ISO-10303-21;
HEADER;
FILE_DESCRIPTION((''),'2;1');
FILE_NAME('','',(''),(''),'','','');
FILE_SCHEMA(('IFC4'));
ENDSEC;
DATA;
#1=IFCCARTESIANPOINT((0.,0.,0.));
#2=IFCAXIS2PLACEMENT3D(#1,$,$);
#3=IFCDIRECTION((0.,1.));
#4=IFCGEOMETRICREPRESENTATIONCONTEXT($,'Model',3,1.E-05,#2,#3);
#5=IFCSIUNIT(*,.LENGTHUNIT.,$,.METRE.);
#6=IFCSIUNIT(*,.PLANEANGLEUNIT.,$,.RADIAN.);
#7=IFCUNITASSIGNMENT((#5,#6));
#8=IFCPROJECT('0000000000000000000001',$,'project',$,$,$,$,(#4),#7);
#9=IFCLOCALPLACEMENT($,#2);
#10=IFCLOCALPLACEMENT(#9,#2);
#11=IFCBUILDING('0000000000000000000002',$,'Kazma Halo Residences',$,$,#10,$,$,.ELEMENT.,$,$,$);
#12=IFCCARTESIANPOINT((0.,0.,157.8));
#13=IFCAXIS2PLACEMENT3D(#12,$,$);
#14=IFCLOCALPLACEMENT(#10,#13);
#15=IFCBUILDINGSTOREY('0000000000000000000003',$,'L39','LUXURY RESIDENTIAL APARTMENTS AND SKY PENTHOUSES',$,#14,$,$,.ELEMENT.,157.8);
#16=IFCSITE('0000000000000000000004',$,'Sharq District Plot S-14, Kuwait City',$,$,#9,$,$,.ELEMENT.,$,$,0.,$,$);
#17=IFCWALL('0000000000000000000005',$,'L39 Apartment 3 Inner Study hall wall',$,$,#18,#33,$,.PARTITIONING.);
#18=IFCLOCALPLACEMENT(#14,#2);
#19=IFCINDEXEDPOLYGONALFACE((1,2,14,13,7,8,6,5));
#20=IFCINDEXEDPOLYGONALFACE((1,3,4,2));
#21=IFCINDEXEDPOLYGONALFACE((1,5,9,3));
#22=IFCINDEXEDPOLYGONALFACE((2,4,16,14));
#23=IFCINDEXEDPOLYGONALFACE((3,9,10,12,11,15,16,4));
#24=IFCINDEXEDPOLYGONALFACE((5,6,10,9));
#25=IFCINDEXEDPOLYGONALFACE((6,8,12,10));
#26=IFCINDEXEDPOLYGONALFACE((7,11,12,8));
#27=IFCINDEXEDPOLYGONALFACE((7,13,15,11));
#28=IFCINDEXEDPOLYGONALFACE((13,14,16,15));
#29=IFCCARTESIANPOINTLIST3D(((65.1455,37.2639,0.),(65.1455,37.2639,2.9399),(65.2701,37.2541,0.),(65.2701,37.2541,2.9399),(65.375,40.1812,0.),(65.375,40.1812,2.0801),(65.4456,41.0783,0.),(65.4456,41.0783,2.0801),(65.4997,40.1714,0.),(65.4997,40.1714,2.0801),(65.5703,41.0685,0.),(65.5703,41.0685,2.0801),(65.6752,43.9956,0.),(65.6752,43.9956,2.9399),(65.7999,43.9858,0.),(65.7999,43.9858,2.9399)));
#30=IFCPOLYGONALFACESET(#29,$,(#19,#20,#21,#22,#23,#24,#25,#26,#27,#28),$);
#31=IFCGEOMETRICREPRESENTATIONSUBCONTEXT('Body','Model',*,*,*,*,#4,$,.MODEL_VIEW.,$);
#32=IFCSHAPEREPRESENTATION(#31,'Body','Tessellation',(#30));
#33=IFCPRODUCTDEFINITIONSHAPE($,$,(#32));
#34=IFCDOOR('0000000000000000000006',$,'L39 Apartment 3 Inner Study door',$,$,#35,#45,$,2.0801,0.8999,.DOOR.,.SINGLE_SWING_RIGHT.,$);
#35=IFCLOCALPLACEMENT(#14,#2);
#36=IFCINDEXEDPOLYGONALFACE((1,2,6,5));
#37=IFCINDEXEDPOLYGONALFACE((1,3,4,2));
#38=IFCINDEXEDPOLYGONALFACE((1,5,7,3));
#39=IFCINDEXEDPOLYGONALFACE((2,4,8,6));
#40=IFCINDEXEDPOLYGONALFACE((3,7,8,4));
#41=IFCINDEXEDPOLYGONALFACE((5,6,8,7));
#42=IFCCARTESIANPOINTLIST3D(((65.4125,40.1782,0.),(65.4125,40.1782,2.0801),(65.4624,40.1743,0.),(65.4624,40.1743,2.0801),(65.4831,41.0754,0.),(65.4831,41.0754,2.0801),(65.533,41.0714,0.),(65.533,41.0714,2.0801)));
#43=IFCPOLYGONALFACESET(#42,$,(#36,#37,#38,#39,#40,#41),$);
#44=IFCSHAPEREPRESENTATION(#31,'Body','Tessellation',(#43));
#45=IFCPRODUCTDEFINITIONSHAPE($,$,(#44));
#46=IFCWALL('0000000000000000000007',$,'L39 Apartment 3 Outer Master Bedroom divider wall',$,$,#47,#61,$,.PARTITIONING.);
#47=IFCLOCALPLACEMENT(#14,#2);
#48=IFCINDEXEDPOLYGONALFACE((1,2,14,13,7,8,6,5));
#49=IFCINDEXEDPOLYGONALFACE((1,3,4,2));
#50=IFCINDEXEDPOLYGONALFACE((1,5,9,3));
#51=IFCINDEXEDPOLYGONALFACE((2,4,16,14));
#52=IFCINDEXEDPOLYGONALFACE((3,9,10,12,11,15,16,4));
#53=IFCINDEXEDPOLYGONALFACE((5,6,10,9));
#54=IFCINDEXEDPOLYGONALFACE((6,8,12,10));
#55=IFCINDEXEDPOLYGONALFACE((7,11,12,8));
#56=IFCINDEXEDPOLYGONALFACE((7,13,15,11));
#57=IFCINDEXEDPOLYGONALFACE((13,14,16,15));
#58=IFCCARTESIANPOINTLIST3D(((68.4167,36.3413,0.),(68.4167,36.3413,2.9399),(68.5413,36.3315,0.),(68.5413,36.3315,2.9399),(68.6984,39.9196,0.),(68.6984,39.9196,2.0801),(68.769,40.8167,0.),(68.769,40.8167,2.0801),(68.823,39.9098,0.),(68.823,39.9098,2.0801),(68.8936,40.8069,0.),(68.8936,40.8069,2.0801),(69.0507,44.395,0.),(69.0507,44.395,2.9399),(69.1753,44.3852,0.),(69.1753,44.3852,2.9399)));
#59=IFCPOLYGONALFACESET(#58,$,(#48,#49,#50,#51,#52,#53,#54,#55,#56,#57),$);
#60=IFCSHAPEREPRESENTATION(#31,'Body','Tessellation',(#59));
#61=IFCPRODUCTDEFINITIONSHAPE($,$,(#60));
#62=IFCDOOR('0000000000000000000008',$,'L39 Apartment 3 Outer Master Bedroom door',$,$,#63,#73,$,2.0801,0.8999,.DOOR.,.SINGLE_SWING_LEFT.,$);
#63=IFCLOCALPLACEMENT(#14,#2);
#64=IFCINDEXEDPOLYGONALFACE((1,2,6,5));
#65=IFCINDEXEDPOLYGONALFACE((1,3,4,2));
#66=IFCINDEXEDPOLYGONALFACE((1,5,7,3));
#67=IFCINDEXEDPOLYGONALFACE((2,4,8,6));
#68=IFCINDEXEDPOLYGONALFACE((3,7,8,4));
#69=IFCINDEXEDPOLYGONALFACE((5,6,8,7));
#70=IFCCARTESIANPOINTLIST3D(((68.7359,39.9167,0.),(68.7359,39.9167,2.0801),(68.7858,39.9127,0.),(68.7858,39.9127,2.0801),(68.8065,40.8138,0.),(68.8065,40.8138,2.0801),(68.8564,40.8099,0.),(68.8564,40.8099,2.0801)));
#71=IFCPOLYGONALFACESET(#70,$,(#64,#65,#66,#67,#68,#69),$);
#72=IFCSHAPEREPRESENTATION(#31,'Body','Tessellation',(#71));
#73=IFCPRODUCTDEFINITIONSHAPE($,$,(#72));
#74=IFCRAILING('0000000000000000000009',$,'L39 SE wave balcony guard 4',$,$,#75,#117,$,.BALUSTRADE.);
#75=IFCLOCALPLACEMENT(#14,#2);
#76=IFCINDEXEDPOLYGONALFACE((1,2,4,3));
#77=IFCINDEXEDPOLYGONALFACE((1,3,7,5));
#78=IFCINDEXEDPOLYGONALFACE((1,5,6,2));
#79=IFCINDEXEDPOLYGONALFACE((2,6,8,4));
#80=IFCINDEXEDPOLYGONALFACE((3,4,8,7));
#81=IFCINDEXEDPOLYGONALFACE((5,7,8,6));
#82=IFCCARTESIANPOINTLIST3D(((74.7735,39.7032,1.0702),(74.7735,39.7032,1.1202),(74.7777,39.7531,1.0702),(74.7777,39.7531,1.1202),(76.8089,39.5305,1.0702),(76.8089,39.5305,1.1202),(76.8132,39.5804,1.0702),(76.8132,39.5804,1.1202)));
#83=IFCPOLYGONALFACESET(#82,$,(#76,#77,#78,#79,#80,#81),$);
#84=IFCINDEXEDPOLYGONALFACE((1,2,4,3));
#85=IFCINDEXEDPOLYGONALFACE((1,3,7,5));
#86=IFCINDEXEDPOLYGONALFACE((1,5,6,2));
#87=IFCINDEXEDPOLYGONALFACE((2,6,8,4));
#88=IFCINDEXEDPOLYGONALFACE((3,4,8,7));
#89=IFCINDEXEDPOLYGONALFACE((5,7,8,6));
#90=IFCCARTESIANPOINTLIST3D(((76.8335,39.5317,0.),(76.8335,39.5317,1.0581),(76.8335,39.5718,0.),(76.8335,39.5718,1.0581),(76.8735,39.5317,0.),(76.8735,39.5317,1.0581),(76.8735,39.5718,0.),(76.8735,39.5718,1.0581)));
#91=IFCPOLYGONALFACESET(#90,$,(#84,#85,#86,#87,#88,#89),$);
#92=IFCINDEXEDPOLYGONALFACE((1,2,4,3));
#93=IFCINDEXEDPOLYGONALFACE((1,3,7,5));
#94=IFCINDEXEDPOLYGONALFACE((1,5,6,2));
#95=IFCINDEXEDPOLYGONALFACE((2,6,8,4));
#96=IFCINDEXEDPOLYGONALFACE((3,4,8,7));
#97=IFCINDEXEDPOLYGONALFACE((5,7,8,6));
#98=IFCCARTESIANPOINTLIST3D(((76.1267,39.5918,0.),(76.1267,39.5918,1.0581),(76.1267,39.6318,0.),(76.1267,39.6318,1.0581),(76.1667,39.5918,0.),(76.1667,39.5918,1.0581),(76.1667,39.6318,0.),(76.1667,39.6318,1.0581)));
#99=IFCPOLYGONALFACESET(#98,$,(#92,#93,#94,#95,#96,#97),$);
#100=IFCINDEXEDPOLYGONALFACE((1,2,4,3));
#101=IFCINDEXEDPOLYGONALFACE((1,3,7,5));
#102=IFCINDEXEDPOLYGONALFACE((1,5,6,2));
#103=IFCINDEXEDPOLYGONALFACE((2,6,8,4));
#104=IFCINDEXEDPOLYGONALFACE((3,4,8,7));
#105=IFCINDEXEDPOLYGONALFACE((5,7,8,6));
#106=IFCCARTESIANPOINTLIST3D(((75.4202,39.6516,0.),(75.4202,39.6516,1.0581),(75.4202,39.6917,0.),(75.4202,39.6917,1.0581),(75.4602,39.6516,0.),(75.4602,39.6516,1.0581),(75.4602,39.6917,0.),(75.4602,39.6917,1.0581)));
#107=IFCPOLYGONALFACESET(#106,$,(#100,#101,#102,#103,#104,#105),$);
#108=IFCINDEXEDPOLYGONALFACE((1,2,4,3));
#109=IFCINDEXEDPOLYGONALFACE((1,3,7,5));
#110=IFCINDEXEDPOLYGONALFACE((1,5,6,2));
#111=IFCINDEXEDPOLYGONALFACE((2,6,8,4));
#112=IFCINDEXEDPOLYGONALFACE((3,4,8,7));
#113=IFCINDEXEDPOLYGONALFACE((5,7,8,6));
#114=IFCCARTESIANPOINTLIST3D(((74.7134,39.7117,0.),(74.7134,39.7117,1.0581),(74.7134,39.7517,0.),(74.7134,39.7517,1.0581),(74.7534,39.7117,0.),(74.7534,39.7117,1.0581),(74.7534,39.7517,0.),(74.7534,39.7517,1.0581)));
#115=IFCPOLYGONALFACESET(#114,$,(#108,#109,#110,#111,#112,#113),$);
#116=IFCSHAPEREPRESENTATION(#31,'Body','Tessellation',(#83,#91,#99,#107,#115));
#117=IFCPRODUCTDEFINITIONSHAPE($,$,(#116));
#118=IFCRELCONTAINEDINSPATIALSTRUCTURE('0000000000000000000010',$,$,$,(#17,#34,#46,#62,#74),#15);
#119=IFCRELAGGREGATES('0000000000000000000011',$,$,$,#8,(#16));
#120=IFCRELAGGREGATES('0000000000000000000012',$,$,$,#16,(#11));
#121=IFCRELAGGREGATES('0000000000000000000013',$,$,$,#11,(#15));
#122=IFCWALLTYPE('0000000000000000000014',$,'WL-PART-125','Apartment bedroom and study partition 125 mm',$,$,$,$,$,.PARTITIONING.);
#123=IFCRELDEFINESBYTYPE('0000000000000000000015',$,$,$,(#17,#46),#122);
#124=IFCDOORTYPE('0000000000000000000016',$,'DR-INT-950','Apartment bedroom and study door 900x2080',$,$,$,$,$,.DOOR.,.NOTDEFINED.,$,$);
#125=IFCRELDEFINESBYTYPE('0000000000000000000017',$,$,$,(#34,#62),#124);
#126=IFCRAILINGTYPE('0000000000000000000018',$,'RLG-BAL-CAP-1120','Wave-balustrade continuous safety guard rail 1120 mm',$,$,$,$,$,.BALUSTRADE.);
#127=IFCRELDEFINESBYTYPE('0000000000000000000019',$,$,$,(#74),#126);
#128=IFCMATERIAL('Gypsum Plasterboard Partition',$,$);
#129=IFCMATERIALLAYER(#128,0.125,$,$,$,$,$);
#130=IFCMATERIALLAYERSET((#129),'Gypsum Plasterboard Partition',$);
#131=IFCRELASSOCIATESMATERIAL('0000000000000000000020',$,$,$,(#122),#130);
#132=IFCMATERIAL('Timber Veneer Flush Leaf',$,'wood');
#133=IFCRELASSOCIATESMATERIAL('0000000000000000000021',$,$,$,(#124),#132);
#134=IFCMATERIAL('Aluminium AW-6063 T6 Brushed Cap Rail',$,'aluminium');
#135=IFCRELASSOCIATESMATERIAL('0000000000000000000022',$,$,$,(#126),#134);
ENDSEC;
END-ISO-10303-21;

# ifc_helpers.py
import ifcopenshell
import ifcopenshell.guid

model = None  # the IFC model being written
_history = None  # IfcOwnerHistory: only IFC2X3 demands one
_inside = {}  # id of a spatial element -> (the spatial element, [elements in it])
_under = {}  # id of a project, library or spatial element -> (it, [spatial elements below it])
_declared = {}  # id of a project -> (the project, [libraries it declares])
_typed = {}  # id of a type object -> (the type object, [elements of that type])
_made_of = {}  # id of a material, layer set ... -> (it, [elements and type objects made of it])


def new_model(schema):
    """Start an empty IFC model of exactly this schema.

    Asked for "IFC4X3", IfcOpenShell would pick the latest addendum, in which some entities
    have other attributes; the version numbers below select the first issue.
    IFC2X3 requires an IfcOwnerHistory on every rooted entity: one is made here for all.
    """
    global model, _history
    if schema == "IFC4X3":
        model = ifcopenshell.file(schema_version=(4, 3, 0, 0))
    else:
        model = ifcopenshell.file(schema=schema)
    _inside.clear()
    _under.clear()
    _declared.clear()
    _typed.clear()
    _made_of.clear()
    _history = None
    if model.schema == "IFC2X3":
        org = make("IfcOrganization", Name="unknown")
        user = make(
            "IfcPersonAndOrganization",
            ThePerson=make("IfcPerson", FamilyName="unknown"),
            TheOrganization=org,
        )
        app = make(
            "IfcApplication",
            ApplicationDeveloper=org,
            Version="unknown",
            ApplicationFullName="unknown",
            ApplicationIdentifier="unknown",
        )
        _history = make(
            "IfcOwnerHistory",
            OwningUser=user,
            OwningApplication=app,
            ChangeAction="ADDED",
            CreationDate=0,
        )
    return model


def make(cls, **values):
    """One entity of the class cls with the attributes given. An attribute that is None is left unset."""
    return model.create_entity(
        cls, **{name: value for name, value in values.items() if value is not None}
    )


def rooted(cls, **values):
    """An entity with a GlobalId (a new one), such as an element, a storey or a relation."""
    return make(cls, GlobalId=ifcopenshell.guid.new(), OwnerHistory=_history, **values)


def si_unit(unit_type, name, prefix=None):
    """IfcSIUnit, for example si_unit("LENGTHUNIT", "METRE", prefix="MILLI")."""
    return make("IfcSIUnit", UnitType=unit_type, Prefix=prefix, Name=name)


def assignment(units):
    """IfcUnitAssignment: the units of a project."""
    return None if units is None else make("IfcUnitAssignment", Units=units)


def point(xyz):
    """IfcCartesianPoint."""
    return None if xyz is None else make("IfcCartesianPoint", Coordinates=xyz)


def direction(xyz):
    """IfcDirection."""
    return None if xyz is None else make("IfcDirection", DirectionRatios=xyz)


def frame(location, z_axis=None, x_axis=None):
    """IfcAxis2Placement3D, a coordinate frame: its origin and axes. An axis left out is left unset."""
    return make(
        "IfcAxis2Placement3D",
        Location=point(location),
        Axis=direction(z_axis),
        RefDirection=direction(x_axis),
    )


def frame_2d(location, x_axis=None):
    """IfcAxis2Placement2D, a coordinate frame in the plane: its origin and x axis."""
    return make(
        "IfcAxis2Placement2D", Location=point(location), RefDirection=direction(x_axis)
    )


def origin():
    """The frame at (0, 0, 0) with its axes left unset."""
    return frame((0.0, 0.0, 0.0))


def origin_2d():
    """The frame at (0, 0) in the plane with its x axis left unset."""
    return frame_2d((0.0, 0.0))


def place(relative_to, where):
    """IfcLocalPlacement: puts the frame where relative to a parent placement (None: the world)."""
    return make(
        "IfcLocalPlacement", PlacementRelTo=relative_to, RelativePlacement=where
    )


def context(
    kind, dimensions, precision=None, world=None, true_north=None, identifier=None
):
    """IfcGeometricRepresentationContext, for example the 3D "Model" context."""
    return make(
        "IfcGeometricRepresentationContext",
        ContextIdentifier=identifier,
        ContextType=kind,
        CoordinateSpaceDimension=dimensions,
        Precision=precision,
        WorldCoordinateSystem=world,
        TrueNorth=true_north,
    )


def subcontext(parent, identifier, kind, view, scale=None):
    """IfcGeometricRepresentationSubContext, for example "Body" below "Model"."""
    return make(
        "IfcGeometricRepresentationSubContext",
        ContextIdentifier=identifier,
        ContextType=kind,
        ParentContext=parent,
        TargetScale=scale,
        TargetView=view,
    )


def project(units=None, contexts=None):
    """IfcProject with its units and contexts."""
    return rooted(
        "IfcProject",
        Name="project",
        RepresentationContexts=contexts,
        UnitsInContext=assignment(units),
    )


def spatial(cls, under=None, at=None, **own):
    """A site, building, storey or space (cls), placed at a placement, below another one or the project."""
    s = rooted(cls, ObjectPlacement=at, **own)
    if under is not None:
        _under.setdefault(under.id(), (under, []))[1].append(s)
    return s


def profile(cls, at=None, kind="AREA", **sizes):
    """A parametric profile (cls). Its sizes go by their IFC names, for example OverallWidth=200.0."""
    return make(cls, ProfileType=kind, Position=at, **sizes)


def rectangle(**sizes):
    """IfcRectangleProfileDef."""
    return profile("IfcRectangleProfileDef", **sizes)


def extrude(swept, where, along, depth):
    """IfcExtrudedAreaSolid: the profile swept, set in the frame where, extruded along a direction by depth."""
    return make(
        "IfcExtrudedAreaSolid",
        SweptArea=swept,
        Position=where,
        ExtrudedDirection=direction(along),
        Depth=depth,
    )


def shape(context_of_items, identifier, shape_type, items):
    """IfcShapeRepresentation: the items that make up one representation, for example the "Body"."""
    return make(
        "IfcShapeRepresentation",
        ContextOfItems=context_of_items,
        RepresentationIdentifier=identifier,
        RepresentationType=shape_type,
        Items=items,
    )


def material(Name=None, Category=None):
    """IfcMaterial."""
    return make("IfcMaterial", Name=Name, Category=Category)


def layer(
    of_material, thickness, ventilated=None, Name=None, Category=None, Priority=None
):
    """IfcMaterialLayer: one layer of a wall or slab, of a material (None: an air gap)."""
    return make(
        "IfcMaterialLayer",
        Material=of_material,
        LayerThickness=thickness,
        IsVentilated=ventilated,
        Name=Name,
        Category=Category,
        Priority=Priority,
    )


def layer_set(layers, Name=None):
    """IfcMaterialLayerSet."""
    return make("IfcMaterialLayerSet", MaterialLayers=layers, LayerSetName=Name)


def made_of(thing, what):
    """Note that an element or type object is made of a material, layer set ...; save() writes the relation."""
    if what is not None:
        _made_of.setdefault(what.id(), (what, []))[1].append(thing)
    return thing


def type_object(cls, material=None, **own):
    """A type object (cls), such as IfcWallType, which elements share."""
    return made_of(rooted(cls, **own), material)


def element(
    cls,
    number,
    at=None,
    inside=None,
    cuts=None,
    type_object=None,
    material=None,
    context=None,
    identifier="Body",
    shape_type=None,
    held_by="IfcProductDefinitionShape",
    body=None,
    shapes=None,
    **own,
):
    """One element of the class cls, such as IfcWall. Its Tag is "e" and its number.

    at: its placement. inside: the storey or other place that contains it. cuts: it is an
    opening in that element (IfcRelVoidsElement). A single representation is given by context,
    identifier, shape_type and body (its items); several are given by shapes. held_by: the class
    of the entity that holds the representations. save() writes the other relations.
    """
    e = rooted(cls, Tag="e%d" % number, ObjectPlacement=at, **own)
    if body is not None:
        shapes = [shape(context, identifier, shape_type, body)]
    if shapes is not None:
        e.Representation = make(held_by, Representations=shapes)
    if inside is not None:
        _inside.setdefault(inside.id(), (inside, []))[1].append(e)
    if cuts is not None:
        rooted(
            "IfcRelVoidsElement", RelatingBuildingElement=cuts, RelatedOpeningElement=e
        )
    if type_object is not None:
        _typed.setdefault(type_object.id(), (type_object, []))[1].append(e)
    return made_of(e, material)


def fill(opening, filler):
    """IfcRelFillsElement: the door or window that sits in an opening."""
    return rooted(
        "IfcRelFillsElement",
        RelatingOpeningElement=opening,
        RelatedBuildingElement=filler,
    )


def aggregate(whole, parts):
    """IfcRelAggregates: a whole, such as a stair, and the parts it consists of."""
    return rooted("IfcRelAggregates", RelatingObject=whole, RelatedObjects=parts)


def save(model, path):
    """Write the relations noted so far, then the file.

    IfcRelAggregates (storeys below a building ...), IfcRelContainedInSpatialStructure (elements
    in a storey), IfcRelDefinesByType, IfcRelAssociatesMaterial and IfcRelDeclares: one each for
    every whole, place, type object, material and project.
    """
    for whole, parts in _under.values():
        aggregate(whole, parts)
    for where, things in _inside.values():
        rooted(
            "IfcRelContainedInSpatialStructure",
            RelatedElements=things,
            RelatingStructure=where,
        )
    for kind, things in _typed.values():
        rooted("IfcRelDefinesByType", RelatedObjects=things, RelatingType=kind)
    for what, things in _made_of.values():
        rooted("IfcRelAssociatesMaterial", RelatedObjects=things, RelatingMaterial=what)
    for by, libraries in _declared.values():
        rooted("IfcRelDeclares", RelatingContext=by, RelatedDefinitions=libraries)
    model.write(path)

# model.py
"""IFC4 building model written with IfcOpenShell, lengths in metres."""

from ifc_helpers import new_model, si_unit, direction, frame, frame_2d, origin, origin_2d, place, context, subcontext, project, spatial, rectangle, extrude, material, layer, layer_set, type_object, element, fill, save


model = new_model("IFC4")

# Units and contexts
model_context = context("Model", 3, precision=1e-05, world=origin(), true_north=direction((0.0, 1.0)))
body_context = subcontext(model_context, "Body", "Model", "MODEL_VIEW")
ifc_project = project(units=[si_unit("LENGTHUNIT", "METRE"), si_unit("PLANEANGLEUNIT", "RADIAN")], contexts=[model_context])

# Site, building, storey
site_placement = place(None, origin())
site = spatial("IfcSite", under=ifc_project, at=site_placement, Name="Sharq District Plot S-14, Kuwait City", CompositionType="ELEMENT", RefElevation=0.0)
building_placement = place(site_placement, origin())
building = spatial("IfcBuilding", under=site, at=building_placement, Name="Kazma Halo Residences", CompositionType="ELEMENT")
storey_placement = place(building_placement, frame((0.0, 0.0, 157.8)))
storey = spatial("IfcBuildingStorey", under=building, at=storey_placement, Name="L39", Description="LUXURY RESIDENTIAL APARTMENTS AND SKY PENTHOUSES", CompositionType="ELEMENT", Elevation=157.8)

# Shared definitions
ifc_material_1 = material(Name="Gypsum Plasterboard Partition")
ifc_layer_1 = layer(ifc_material_1, 0.125)
ifc_layer_set_1 = layer_set([ifc_layer_1], Name="Gypsum Plasterboard Partition")
wall_type_1 = type_object("IfcWallType", Name="WL-PART-125", Description="Apartment bedroom and study partition 125 mm", PredefinedType="PARTITIONING", material=ifc_layer_set_1)
ifc_material_2 = material(Name="Timber Veneer Flush Leaf", Category="wood")
door_type = type_object("IfcDoorType", Name="DR-INT-950", Description="Apartment bedroom and study door 900x2080", OperationType="NOTDEFINED", PredefinedType="DOOR", material=ifc_material_2)

# Walls, openings, doors
wall_1_placement = place(storey_placement, frame((65.2078, 37.259, 0.0), z_axis=(0.0, 0.0, 1.0), x_axis=(0.078458, 0.996917, 0.0)))
wall_1 = element("IfcWall", 1, at=wall_1_placement, inside=storey, type_object=wall_type_1, Name="L39 Apartment 3 Inner Study hall wall", PredefinedType="PARTITIONING", context=body_context, shape_type="SweptSolid", body=[
    extrude(rectangle(XDim=6.7524, YDim=0.125, at=frame_2d((3.3762, 0.0))), origin(), (0.0, 0.0, 1.0), 2.9399),
])
opening_1_placement = place(wall_1_placement, frame((2.9263, 0.0, 0.0)))
opening_1 = element("IfcOpeningElement", 2, at=opening_1_placement, cuts=wall_1, PredefinedType="OPENING", context=body_context, shape_type="SweptSolid", body=[
    extrude(rectangle(XDim=0.8999, YDim=2.0801, at=frame_2d((0.45, 1.04))), frame((0.0, 0.0725, 0.0), z_axis=(0.0, -1.0, 0.0), x_axis=(1.0, 0.0, 0.0)), (0.0, 0.0, 1.0), 0.145),
])
door_1_placement = place(opening_1_placement, origin())
door_1 = element("IfcDoor", 3, at=door_1_placement, inside=storey, type_object=door_type, Name="L39 Apartment 3 Inner Study door", OperationType="SINGLE_SWING_RIGHT", OverallHeight=2.0801, OverallWidth=0.8999, PredefinedType="DOOR", context=body_context, shape_type="SweptSolid", body=[
    extrude(rectangle(XDim=0.8999, YDim=2.0801, at=frame_2d((0.45, 1.04))), frame((0.0, 0.0249, 0.0), z_axis=(0.0, -1.0, 0.0), x_axis=(1.0, 0.0, 0.0)), (0.0, 0.0, 1.0), 0.05),
])
fill(opening_1, door_1)
wall_2_placement = place(storey_placement, frame((68.479, 36.3364, 0.0), z_axis=(0.0, 0.0, 1.0), x_axis=(0.078483, 0.996915, 0.0)))
wall_2 = element("IfcWall", 4, at=wall_2_placement, inside=storey, type_object=wall_type_1, Name="L39 Apartment 3 Outer Master Bedroom divider wall", PredefinedType="PARTITIONING", context=body_context, shape_type="SweptSolid", body=[
    extrude(rectangle(XDim=8.0786, YDim=0.125, at=frame_2d((4.0393, 0.0))), origin(), (0.0, 0.0, 1.0), 2.9399),
])
opening_2_placement = place(wall_2_placement, frame((3.5894, 0.0, 0.0)))
opening_2 = element("IfcOpeningElement", 5, at=opening_2_placement, cuts=wall_2, PredefinedType="OPENING", context=body_context, shape_type="SweptSolid", body=[
    extrude(rectangle(XDim=0.8999, YDim=2.0801, at=frame_2d((0.45, 1.04))), frame((0.0, 0.0725, 0.0), z_axis=(0.0, -1.0, 0.0), x_axis=(1.0, 0.0, 0.0)), (0.0, 0.0, 1.0), 0.145),
])
door_2_placement = place(opening_2_placement, origin())
door_2 = element("IfcDoor", 6, at=door_2_placement, inside=storey, type_object=door_type, Name="L39 Apartment 3 Outer Master Bedroom door", OperationType="SINGLE_SWING_LEFT", OverallHeight=2.0801, OverallWidth=0.8999, PredefinedType="DOOR", context=body_context, shape_type="SweptSolid", body=[
    extrude(rectangle(XDim=0.8999, YDim=2.0801, at=frame_2d((0.45, 1.04))), frame((0.0, 0.0249, 0.0), z_axis=(0.0, -1.0, 0.0), x_axis=(1.0, 0.0, 0.0)), (0.0, 0.0, 1.0), 0.05),
])
fill(opening_2, door_2)

# Railing
ifc_material_3 = material(Name="Aluminium AW-6063 T6 Brushed Cap Rail", Category="aluminium")
railing_type = type_object("IfcRailingType", Name="RLG-BAL-CAP-1120", Description="Wave-balustrade continuous safety guard rail 1120 mm", PredefinedType="BALUSTRADE", material=ifc_material_3)
railing_placement = place(storey_placement, frame((76.8535, 39.5518, 0.0)))
element("IfcRailing", 7, at=railing_placement, inside=storey, type_object=railing_type, Name="L39 SE wave balcony guard 4", PredefinedType="BALUSTRADE", context=body_context, shape_type="SweptSolid", body=[
    extrude(rectangle(XDim=0.05, YDim=0.05, at=origin_2d()), frame((-0.0425, 0.0037, 1.0952), z_axis=(-0.996418, 0.084565, 0.0), x_axis=(-0.084565, -0.996418, 0.0)), (0.0, 0.0, 1.0), 2.0427),
    extrude(rectangle(XDim=0.04, YDim=0.04, at=origin_2d()), origin(), (0.0, 0.0, 1.0), 1.0581),
    extrude(rectangle(XDim=0.04, YDim=0.04, at=origin_2d()), frame((-0.7068, 0.0601, 0.0)), (0.0, 0.0, 1.0), 1.0581),
    extrude(rectangle(XDim=0.04, YDim=0.04, at=origin_2d()), frame((-1.4133, 0.1199, 0.0)), (0.0, 0.0, 1.0), 1.0581),
    extrude(rectangle(XDim=0.04, YDim=0.04, at=origin_2d()), frame((-2.1201, 0.1799, 0.0)), (0.0, 0.0, 1.0), 1.0581),
])

save(model, "model.ifc")
